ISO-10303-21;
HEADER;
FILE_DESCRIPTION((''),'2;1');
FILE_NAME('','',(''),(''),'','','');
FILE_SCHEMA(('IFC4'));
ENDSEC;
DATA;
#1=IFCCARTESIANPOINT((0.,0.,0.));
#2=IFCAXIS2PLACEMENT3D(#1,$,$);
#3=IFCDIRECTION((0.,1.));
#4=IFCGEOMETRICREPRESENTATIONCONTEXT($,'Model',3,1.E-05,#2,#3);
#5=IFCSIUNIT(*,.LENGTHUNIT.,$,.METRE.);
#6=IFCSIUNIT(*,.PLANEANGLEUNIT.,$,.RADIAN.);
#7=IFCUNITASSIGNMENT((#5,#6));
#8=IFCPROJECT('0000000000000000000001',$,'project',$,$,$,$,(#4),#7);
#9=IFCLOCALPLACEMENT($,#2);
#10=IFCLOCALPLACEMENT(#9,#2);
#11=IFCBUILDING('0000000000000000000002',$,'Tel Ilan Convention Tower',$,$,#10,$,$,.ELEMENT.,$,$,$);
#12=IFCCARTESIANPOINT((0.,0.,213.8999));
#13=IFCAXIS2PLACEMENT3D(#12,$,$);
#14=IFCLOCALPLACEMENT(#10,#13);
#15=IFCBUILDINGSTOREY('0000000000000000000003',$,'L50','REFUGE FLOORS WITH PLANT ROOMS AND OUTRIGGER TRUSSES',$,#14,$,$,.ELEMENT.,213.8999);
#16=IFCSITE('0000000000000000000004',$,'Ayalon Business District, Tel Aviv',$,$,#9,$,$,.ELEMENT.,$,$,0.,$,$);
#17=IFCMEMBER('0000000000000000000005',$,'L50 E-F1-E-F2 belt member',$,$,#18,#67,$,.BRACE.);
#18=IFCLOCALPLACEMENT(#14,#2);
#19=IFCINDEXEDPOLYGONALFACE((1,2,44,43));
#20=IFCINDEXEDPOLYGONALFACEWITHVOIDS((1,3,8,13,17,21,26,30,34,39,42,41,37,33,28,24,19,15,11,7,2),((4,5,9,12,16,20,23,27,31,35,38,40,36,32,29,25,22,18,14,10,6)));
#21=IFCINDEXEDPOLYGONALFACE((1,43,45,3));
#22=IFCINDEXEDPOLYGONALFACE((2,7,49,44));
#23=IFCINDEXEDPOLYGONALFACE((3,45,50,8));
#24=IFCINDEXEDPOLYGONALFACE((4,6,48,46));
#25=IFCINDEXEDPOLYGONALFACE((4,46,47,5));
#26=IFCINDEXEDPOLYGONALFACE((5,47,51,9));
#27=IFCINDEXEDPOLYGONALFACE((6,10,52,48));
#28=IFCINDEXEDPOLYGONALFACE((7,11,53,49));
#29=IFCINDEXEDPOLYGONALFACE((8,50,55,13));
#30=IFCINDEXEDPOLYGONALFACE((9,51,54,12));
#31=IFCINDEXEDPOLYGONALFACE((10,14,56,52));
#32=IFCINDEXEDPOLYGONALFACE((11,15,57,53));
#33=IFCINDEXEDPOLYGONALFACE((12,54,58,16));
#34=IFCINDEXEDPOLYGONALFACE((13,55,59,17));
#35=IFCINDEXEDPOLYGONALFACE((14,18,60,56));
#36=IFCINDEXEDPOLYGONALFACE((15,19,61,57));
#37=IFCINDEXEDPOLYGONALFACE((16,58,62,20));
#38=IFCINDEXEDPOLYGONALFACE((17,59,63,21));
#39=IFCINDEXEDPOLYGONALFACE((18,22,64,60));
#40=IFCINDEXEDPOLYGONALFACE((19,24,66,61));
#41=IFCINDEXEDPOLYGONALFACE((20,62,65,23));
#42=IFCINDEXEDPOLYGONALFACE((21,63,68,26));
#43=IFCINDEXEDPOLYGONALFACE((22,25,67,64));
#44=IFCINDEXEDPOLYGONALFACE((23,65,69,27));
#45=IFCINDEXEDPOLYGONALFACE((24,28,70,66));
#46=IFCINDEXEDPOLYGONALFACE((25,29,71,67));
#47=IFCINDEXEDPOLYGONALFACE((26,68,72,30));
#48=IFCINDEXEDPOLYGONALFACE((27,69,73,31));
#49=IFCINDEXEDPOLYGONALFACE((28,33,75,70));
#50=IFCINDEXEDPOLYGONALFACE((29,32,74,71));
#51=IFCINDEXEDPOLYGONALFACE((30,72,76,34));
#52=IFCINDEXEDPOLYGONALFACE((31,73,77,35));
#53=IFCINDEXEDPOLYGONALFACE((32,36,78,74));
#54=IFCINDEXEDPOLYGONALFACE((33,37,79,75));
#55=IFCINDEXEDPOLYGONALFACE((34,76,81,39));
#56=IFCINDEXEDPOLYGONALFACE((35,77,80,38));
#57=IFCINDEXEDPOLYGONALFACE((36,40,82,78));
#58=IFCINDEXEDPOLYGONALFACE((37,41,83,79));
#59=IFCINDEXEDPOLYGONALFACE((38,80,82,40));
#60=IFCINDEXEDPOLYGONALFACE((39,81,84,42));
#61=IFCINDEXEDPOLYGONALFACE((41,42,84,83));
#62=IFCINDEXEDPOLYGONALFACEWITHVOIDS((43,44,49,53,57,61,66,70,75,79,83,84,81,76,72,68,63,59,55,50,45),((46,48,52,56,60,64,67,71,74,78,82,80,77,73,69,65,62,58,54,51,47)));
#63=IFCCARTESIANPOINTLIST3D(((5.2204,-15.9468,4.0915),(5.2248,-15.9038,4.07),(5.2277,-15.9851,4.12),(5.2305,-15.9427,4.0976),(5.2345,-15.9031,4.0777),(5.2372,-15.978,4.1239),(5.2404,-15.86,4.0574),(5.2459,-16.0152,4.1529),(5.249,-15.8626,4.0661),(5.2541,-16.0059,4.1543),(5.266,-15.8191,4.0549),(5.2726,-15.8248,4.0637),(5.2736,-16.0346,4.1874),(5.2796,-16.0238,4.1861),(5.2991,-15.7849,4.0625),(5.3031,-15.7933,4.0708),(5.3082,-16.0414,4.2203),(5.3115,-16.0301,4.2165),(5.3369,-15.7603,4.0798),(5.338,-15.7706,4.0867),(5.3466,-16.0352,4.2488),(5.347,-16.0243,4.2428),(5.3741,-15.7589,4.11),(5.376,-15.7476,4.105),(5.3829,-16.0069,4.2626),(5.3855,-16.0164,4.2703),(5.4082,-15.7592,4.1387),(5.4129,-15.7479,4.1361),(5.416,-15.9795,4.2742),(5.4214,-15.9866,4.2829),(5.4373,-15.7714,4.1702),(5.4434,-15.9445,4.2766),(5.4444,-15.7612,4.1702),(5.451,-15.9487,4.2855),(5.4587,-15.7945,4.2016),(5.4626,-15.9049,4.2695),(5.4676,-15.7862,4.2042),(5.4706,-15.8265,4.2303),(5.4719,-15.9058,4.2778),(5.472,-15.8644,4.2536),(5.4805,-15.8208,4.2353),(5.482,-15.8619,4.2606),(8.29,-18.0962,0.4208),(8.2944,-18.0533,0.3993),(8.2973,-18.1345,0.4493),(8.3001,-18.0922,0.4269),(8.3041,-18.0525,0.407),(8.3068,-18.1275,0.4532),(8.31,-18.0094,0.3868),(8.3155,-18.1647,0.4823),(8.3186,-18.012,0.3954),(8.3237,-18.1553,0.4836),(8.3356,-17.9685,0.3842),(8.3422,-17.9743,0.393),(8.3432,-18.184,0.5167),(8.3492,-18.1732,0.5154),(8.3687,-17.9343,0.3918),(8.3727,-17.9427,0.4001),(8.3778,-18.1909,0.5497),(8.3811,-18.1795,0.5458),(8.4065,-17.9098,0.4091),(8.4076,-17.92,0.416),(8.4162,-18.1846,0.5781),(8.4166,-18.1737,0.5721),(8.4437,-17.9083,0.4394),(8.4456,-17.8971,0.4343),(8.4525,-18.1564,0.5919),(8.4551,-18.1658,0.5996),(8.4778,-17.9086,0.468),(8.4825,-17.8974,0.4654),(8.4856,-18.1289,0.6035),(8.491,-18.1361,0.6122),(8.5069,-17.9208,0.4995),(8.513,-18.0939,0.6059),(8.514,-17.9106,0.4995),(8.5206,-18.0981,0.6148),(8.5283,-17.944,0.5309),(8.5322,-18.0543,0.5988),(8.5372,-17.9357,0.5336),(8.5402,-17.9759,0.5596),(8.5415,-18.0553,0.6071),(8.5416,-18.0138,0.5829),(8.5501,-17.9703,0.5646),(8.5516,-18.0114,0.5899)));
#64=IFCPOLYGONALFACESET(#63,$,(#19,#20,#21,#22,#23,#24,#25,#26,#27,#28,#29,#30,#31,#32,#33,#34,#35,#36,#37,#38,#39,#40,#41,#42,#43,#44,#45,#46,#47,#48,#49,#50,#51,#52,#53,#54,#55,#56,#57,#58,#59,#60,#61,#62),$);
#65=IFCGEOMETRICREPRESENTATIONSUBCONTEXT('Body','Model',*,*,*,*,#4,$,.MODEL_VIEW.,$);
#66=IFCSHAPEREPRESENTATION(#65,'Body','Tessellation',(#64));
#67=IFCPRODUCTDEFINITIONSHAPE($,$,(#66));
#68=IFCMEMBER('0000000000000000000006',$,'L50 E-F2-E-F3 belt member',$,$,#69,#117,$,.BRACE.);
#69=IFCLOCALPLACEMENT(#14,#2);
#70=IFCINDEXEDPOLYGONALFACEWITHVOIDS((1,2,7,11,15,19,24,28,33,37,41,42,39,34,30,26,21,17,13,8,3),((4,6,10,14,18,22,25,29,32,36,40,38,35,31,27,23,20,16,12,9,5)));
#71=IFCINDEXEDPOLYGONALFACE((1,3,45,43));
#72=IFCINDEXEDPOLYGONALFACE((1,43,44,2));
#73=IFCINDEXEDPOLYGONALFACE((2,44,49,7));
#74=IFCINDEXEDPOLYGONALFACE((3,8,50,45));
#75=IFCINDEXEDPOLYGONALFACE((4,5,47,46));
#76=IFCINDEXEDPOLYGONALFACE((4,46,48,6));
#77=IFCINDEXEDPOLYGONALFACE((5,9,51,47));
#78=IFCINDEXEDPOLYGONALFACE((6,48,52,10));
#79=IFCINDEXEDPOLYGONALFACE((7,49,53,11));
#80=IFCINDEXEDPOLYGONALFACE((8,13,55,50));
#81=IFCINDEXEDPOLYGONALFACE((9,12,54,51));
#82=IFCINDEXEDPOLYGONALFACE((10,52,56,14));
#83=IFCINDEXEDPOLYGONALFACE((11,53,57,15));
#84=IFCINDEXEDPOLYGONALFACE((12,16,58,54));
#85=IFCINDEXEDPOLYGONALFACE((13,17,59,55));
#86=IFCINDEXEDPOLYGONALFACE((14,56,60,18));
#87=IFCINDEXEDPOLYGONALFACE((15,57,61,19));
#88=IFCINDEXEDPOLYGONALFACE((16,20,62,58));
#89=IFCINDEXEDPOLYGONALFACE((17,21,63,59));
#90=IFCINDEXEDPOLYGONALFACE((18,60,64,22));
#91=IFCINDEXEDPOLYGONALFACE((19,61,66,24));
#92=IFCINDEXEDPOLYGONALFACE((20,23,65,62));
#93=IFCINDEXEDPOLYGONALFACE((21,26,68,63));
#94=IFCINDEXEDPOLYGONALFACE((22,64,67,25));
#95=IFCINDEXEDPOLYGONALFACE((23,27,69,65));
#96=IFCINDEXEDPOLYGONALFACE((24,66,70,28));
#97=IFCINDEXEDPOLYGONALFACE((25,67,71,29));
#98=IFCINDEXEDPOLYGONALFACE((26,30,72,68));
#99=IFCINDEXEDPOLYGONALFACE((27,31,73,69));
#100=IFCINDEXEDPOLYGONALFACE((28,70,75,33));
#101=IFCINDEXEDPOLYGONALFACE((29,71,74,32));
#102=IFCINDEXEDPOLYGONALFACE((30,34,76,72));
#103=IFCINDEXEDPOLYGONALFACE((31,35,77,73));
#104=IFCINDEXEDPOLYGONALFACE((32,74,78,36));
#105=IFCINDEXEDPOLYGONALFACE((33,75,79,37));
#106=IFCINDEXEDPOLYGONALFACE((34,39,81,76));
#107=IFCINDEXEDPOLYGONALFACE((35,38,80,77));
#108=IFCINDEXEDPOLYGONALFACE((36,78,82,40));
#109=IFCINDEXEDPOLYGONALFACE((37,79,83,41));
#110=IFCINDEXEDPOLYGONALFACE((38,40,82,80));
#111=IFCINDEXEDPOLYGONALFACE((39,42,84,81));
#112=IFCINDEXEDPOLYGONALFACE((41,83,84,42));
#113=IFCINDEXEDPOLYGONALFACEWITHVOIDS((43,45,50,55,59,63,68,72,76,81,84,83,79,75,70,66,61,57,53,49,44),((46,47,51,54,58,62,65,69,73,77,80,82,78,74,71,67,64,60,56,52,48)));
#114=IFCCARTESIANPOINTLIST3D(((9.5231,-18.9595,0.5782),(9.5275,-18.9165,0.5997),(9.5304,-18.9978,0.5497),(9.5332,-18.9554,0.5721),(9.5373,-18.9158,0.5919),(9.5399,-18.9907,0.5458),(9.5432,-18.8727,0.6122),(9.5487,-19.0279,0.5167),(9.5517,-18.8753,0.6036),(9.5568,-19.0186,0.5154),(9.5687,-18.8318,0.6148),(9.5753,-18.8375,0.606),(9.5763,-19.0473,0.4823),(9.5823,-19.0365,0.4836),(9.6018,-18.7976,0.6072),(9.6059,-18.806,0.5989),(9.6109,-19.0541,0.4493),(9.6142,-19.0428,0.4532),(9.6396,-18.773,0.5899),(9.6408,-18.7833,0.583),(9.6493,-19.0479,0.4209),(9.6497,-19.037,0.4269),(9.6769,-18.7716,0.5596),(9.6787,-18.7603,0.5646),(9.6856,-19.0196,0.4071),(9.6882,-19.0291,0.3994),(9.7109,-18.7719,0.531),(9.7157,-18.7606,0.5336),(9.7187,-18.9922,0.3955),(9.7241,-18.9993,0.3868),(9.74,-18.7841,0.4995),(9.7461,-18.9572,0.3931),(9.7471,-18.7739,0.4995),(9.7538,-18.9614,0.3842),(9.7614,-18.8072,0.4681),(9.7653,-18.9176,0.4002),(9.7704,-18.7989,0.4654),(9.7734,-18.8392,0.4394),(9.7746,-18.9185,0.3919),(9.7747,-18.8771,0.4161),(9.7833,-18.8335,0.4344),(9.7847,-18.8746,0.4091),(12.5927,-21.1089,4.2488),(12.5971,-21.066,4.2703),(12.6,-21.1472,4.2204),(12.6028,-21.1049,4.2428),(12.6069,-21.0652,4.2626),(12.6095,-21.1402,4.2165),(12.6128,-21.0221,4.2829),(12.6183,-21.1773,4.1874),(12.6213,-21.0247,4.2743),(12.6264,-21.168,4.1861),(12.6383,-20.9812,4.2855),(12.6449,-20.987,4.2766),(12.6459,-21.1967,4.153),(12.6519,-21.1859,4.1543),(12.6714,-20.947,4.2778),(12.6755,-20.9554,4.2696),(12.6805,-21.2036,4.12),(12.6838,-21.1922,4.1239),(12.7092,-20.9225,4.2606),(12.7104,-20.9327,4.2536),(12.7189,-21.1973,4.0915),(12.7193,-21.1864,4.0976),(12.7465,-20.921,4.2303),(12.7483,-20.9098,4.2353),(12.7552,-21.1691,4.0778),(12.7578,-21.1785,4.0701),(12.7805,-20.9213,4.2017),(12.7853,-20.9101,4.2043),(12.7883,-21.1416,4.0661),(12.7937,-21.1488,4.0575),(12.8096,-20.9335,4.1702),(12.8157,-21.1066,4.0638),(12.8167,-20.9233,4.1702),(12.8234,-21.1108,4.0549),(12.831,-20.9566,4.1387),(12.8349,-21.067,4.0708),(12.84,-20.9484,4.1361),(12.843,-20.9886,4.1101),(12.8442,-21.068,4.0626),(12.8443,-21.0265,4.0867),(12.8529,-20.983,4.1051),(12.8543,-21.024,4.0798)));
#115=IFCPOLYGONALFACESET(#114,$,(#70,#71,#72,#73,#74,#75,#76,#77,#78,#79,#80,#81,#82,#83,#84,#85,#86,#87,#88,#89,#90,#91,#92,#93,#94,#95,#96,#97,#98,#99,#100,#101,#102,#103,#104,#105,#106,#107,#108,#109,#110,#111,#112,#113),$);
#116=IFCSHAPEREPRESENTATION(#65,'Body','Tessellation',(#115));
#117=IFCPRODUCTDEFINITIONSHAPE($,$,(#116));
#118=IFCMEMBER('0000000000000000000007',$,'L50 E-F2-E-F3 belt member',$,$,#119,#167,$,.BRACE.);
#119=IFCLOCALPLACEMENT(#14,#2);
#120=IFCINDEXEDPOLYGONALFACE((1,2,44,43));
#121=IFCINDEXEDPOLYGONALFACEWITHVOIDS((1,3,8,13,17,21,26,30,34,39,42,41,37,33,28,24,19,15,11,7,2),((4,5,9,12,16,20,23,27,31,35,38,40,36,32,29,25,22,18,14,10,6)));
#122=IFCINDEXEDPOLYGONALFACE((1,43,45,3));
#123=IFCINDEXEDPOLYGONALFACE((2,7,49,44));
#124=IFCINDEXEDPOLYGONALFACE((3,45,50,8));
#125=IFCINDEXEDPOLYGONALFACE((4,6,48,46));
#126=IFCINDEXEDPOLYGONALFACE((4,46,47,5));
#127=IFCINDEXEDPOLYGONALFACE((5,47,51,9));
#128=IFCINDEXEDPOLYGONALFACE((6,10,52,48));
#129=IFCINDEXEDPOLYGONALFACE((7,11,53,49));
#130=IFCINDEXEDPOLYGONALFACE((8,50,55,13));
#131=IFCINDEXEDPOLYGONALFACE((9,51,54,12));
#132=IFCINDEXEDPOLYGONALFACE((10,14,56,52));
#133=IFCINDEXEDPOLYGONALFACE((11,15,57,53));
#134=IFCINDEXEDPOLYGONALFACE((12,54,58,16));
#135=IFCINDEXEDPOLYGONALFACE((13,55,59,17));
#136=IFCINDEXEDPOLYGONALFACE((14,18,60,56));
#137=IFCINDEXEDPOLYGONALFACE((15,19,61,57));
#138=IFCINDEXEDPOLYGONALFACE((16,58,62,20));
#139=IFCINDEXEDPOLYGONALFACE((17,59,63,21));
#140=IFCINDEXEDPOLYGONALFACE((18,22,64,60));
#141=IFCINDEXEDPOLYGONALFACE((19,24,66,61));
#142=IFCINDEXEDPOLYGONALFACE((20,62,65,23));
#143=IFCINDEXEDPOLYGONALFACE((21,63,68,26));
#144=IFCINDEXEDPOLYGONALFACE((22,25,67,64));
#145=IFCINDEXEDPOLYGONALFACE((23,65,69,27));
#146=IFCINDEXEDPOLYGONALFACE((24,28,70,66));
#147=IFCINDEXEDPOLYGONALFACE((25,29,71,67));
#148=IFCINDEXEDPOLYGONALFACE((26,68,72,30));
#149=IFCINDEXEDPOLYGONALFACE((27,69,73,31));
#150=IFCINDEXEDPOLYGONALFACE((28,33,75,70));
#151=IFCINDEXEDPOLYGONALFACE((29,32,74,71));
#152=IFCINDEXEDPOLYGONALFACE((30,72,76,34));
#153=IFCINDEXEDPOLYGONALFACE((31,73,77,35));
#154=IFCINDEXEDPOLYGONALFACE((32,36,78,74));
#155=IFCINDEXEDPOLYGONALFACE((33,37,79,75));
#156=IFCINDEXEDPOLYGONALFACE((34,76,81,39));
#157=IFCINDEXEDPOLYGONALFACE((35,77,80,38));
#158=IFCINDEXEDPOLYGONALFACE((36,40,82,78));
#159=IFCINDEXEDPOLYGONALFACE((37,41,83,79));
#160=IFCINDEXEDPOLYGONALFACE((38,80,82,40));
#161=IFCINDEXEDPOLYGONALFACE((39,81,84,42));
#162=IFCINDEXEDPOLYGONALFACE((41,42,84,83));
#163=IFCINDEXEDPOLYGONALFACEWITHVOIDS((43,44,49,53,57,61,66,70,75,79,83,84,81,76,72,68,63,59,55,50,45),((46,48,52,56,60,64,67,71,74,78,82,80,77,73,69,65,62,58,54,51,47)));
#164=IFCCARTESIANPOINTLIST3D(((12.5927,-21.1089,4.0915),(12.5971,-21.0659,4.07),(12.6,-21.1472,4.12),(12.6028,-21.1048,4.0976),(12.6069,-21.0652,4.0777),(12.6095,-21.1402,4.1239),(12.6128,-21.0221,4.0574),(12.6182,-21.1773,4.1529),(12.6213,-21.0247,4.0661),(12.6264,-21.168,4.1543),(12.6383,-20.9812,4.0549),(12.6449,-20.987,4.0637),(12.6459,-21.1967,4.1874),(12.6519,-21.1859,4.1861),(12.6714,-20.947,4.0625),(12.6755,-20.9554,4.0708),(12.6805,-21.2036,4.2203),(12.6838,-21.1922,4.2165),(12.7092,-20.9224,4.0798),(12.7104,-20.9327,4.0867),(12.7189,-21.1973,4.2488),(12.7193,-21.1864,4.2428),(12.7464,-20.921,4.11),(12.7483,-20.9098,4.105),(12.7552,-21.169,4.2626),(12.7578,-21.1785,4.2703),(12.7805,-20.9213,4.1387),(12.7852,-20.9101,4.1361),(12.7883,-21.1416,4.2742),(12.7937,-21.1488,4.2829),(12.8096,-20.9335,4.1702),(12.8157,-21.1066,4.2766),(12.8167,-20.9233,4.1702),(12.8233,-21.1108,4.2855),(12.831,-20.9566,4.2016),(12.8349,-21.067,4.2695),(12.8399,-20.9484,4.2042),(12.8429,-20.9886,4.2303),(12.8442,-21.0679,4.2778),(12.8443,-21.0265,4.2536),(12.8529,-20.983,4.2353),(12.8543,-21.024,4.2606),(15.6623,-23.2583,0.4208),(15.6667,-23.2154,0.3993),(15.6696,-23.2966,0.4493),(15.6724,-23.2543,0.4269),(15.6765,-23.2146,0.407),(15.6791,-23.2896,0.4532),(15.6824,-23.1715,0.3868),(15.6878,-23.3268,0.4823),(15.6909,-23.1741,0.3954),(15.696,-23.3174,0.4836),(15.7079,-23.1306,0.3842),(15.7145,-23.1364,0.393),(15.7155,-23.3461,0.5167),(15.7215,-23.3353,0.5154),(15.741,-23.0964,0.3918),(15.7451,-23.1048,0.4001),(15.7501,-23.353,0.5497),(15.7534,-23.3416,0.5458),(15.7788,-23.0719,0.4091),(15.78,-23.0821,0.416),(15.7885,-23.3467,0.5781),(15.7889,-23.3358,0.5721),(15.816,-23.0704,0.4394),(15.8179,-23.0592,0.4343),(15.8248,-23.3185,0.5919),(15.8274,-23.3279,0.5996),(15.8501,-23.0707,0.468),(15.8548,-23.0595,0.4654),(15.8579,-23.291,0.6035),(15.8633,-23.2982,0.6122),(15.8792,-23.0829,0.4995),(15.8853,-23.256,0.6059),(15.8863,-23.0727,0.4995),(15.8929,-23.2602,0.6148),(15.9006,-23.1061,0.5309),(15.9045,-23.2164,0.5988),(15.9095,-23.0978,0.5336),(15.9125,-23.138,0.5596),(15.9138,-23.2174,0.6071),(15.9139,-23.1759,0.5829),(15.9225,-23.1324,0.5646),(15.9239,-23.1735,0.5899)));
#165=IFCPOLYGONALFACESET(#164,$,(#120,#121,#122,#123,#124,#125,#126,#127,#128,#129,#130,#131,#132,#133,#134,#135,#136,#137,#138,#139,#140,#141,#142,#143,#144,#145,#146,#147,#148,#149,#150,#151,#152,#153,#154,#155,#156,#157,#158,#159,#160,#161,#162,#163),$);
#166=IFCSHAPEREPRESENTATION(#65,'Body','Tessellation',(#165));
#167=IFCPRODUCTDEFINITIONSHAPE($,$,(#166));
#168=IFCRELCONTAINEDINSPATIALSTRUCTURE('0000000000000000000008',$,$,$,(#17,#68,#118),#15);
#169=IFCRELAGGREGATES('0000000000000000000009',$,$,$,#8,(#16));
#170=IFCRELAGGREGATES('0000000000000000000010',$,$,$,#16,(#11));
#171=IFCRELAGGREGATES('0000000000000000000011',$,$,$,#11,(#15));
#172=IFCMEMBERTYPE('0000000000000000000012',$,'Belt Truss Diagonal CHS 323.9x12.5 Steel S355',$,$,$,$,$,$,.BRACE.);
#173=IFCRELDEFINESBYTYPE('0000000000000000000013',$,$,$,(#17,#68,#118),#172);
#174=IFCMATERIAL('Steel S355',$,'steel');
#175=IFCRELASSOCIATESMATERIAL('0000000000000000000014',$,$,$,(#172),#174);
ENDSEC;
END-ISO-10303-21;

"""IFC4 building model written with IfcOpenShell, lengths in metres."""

from ifc_helpers import new_model, si_unit, direction, frame, origin, origin_2d, place, context, subcontext, project, spatial, hollow_circle, extrude, material, material_profile, profile_set, type_object, element, save


model = new_model("IFC4")

# Units and contexts
model_context = context("Model", 3, precision=1e-05, world=origin(), true_north=direction((0.0, 1.0)))
body_context = subcontext(model_context, "Body", "Model", "MODEL_VIEW")
ifc_project = project(units=[si_unit("LENGTHUNIT", "METRE"), si_unit("PLANEANGLEUNIT", "RADIAN")], contexts=[model_context])

# Site, building, storey
site_placement = place(None, origin())
site = spatial("IfcSite", under=ifc_project, at=site_placement, Name="Ayalon Business District, Tel Aviv", CompositionType="ELEMENT", RefElevation=0.0)
building_placement = place(site_placement, origin())
building = spatial("IfcBuilding", under=site, at=building_placement, Name="Tel Ilan Convention Tower", CompositionType="ELEMENT")
storey_placement = place(building_placement, frame((0.0, 0.0, 213.8999)))
storey = spatial("IfcBuildingStorey", under=building, at=storey_placement, Name="L50", Description="REFUGE FLOORS WITH PLANT ROOMS AND OUTRIGGER TRUSSES", CompositionType="ELEMENT", Elevation=213.8999)

# Members
ifc_material_1 = material(Name="Steel S355", Category="steel")
ifc_material_profile_1 = material_profile(ifc_material_1, hollow_circle(Radius=0.1619, WallThickness=0.0125, at=origin_2d()), Name="CHS 323.9x12.5")
ifc_profile_set_1 = profile_set([ifc_material_profile_1], Name="Steel S355")
member_type_1 = type_object("IfcMemberType", Name="Belt Truss Diagonal CHS 323.9x12.5 Steel S355", PredefinedType="BRACE", material=ifc_profile_set_1)
for number, where, z_axis, x_axis, name in (
    (1, (5.3516, -15.8938, 4.1702), (0.585176, -0.409758, -0.699763), (0.573589, 0.819143, 0.0), "L50 E-F1-E-F2 belt member"),
    (2, (9.6543, -18.9065, 0.4995), (0.585176, -0.409758, 0.699763), (0.573589, 0.819143, 0.0), "L50 E-F2-E-F3 belt member"),
    (3, (12.7239, -21.0559, 4.1702), (0.585176, -0.409758, -0.699763), (0.573589, 0.819143, 0.0), "L50 E-F2-E-F3 belt member"),
):
    element("IfcMember", number, at=place(storey_placement, frame(where, z_axis=z_axis, x_axis=x_axis)), inside=storey, type_object=member_type_1, Name=name, PredefinedType="BRACE", context=body_context, shape_type="SweptSolid", body=[
        extrude(hollow_circle(Radius=0.1619, WallThickness=0.0125, at=origin_2d()), origin(), (0.0, 0.0, 1.0), 5.2456),
    ])

save(model, "model.ifc")
